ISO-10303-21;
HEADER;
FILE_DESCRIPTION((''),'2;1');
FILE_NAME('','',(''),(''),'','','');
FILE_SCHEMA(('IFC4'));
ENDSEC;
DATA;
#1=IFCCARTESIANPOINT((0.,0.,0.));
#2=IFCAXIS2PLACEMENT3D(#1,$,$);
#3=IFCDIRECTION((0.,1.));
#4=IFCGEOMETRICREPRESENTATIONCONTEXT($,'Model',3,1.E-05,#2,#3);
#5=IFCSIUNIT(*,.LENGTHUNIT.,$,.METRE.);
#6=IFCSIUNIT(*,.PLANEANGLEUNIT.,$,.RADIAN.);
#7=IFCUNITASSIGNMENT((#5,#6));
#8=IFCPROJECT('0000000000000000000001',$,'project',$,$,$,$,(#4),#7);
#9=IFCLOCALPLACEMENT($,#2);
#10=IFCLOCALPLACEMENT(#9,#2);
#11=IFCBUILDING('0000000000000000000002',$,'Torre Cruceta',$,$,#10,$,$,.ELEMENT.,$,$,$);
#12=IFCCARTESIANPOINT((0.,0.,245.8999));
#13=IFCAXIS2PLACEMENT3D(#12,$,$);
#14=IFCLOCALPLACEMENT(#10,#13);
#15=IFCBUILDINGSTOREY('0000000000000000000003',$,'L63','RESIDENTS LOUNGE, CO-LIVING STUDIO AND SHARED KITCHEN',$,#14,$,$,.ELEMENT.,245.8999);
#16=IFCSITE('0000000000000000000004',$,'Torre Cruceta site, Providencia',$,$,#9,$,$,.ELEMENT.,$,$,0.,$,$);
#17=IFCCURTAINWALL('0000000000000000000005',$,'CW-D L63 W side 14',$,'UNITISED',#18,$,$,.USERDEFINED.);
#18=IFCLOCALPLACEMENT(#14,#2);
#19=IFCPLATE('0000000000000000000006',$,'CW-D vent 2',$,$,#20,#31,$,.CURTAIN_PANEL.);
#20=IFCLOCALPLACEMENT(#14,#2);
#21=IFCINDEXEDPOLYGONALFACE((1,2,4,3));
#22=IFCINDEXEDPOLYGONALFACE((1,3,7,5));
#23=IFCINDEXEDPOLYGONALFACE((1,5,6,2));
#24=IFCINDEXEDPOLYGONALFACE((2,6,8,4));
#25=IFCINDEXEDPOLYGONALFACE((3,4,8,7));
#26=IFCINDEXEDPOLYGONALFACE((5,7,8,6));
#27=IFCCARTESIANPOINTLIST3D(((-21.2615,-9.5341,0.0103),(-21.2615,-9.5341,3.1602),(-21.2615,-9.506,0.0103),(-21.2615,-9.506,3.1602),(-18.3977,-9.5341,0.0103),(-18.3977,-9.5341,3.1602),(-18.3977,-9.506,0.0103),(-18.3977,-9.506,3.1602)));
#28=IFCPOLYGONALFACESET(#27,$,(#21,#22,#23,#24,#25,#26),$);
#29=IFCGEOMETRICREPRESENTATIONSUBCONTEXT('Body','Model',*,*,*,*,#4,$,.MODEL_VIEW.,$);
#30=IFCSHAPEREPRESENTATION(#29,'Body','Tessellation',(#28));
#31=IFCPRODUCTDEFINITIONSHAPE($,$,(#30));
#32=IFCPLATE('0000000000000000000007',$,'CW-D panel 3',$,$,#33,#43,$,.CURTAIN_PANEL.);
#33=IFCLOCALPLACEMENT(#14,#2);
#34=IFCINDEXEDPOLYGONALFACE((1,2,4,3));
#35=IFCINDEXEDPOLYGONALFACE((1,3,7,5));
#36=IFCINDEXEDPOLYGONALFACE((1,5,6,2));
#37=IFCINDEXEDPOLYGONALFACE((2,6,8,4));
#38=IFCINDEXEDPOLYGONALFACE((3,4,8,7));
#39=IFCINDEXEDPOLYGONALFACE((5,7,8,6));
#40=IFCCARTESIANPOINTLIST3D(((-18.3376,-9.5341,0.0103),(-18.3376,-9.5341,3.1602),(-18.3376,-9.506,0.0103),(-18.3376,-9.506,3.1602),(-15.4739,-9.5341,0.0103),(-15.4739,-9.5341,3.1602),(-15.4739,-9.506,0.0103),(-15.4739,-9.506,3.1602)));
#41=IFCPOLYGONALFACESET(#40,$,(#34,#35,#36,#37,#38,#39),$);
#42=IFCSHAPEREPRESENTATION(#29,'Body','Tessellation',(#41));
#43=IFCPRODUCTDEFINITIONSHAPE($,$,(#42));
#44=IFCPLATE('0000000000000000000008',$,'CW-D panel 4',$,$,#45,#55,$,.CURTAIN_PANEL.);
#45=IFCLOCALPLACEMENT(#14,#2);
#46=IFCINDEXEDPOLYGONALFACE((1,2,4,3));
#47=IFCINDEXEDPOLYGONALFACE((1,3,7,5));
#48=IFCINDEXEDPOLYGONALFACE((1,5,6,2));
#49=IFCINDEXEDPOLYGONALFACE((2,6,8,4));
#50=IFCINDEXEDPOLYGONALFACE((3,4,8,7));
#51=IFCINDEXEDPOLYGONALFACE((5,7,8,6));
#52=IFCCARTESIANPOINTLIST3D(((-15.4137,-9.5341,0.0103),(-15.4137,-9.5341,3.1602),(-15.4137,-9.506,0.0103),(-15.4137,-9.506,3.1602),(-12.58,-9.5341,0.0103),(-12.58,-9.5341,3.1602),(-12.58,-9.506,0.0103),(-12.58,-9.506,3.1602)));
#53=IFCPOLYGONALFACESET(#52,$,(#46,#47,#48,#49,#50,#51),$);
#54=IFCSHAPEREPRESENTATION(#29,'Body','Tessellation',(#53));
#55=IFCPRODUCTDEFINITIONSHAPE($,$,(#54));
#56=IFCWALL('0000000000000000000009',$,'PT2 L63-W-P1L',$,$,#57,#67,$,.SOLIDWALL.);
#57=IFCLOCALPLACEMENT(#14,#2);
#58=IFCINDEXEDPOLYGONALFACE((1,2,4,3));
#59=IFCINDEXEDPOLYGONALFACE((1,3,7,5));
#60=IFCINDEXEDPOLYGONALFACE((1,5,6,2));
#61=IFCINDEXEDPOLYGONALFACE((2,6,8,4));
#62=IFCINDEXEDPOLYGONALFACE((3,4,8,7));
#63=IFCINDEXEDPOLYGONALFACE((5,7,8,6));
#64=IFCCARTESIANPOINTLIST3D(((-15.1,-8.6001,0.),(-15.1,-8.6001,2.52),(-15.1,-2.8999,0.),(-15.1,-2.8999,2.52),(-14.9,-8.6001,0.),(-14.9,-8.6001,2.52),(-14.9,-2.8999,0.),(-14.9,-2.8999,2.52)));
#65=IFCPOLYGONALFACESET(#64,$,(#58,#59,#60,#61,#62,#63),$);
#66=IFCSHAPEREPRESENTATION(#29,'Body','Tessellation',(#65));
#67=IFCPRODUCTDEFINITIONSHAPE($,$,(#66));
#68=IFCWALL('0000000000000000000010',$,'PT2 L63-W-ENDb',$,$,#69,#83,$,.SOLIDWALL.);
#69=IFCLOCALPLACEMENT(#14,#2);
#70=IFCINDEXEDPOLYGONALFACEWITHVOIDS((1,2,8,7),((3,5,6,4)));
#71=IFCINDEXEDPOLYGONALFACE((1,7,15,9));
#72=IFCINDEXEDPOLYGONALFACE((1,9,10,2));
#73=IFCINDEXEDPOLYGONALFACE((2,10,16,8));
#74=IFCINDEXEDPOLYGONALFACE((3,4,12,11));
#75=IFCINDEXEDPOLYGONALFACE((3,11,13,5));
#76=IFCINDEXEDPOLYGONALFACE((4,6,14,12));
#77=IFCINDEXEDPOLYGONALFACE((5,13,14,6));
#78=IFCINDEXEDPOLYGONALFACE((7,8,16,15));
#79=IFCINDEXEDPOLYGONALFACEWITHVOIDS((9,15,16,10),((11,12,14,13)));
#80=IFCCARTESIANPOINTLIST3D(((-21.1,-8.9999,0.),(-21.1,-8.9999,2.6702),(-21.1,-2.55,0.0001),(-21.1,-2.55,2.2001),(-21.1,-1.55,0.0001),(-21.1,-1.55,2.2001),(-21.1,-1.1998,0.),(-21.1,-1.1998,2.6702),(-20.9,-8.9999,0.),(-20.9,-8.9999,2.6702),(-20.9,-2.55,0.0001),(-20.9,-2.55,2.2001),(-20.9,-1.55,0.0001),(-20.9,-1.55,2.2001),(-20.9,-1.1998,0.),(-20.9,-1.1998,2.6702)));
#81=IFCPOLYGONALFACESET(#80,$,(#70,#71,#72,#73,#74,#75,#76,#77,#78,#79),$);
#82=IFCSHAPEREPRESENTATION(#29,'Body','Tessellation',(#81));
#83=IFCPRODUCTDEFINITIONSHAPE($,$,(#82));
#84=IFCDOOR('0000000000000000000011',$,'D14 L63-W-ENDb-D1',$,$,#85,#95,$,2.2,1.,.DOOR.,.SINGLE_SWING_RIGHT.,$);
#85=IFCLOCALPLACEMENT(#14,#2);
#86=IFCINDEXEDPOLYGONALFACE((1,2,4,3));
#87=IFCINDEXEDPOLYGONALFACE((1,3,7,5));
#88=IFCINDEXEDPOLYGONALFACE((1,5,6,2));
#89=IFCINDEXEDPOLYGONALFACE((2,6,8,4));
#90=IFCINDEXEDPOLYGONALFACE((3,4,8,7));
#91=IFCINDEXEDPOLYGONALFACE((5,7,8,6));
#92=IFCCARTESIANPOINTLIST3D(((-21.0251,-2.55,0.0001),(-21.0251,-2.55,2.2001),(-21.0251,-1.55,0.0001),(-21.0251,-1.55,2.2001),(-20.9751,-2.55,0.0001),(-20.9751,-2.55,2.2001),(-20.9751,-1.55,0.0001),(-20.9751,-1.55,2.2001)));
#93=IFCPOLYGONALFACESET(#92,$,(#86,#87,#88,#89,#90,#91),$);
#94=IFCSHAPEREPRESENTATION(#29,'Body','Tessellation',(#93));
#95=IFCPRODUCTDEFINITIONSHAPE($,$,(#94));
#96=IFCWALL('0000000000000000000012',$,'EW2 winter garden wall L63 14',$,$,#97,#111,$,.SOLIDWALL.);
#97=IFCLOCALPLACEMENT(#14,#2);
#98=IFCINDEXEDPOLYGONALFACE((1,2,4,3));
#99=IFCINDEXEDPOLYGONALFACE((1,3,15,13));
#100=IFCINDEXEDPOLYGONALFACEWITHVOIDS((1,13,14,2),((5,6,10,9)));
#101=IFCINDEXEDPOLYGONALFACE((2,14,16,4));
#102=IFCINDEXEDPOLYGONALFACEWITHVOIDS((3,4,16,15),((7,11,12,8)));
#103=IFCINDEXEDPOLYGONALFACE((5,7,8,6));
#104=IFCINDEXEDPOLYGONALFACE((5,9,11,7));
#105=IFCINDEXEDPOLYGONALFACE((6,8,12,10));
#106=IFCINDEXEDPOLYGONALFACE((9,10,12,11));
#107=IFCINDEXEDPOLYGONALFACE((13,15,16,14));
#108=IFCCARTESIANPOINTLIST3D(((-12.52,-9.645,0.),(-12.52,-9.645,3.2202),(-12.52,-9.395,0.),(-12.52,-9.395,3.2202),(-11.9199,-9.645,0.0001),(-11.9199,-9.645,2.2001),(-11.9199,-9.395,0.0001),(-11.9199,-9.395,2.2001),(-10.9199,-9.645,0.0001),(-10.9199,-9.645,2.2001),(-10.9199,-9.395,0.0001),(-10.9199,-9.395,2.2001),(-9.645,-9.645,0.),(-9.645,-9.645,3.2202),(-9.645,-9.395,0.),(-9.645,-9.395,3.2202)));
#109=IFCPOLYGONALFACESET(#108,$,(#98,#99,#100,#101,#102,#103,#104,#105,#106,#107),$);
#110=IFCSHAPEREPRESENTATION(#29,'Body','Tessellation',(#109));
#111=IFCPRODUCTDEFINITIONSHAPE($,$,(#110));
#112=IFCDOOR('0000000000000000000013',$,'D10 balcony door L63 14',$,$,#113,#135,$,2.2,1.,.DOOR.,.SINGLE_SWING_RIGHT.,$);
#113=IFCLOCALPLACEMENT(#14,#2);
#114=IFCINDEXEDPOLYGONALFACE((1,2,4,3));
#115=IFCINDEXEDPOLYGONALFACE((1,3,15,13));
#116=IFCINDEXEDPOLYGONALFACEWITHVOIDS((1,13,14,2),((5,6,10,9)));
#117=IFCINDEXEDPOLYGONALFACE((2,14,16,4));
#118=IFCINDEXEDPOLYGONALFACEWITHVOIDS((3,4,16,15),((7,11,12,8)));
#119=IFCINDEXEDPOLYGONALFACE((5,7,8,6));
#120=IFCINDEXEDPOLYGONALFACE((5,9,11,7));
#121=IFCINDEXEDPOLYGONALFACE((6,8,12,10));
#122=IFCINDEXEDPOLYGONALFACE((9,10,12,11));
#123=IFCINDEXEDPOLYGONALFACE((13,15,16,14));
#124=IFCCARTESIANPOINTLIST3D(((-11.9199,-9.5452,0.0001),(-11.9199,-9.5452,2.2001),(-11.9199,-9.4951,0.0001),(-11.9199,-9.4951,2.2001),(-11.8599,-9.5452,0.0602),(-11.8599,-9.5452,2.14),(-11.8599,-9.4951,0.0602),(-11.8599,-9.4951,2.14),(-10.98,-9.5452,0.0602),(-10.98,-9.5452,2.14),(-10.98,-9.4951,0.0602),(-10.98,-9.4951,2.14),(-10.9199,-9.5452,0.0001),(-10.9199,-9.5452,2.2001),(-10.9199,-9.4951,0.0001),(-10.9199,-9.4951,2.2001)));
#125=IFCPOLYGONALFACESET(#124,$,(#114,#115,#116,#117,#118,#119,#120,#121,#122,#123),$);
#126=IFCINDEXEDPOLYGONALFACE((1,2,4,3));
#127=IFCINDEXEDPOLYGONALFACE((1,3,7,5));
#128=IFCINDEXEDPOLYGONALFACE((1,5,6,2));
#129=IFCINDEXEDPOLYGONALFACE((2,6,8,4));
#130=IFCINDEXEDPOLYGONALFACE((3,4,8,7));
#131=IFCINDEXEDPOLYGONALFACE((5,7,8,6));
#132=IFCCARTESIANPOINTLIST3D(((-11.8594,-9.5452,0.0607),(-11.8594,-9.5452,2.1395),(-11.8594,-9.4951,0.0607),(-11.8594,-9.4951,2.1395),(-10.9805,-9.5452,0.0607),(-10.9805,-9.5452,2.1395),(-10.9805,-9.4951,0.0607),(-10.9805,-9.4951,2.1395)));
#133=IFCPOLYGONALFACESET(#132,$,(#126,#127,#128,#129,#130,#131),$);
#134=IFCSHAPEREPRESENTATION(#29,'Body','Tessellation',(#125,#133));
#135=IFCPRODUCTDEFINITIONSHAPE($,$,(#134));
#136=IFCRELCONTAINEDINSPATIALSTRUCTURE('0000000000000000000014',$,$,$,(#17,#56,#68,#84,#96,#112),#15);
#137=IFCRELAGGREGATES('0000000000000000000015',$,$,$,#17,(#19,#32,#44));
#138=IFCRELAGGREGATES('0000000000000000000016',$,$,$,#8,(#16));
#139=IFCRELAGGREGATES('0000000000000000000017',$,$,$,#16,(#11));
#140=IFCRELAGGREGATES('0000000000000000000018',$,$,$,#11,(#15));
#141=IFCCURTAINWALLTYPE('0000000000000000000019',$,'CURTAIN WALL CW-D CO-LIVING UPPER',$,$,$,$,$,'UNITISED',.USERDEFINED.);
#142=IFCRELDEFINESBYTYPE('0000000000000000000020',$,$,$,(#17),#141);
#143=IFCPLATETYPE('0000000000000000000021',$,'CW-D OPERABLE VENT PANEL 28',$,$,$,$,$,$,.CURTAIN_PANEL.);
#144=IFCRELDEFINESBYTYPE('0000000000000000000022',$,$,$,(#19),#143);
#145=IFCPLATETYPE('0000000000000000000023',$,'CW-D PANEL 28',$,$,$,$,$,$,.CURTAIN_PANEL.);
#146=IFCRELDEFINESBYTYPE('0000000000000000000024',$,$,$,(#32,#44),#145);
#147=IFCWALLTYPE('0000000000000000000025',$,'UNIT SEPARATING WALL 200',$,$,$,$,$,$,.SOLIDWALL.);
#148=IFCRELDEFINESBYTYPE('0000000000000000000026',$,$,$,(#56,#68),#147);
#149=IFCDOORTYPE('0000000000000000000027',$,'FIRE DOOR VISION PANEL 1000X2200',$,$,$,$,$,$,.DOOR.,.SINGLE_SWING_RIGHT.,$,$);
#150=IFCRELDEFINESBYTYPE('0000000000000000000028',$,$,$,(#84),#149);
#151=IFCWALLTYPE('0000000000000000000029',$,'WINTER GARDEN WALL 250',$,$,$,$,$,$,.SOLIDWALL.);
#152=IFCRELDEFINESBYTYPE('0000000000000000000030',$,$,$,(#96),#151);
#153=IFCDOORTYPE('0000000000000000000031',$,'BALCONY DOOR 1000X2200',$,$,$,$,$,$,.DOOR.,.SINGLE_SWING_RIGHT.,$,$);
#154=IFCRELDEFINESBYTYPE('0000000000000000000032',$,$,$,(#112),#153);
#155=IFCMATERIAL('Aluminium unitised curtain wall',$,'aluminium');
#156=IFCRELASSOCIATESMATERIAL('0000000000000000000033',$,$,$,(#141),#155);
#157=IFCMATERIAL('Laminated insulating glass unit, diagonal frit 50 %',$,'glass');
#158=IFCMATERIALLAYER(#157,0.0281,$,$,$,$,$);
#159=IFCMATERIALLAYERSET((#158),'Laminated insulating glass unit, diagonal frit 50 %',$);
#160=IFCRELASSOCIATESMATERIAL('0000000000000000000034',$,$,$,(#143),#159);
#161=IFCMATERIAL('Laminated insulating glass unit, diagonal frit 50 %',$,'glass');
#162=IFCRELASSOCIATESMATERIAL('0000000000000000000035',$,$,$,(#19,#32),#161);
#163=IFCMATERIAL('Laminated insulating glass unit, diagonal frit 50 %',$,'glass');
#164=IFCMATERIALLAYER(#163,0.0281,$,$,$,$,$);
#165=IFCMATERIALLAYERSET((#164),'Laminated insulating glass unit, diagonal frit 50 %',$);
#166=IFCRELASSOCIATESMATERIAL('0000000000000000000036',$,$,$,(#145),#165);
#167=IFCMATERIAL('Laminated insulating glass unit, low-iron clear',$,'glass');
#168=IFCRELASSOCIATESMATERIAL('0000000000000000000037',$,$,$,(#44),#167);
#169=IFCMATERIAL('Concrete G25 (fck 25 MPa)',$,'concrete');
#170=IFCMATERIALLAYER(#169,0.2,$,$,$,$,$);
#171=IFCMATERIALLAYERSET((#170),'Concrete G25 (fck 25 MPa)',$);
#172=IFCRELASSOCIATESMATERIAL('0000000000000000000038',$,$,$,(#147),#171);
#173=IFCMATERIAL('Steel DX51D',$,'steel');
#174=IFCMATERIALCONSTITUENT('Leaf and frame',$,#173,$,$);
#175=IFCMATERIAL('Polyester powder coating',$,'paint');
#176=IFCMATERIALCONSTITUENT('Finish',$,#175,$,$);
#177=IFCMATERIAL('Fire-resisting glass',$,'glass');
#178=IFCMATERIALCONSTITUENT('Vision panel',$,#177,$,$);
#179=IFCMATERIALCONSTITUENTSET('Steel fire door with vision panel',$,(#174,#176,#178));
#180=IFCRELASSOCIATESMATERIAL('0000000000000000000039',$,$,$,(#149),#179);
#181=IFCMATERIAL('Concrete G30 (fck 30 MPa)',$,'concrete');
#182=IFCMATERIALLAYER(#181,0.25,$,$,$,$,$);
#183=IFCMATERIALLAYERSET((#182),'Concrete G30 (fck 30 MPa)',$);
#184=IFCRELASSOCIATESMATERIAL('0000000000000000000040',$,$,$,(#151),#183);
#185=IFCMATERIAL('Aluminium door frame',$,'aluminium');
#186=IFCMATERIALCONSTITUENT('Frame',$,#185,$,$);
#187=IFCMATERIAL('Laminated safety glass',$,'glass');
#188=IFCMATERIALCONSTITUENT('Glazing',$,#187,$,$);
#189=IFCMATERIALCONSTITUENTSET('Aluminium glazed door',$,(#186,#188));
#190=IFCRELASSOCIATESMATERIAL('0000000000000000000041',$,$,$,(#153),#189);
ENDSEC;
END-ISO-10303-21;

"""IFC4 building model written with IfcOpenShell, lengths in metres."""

from ifc_helpers import new_model, si_unit, direction, frame, frame_2d, origin, origin_2d, place, context, subcontext, project, spatial, rectangle, hollow_rectangle, extrude, material, layer, layer_set, constituent, constituent_set, type_object, element, fill, aggregate, save


model = new_model("IFC4")

# Units and contexts
model_context = context("Model", 3, precision=1e-05, world=origin(), true_north=direction((0.0, 1.0)))
body_context = subcontext(model_context, "Body", "Model", "MODEL_VIEW")
ifc_project = project(units=[si_unit("LENGTHUNIT", "METRE"), si_unit("PLANEANGLEUNIT", "RADIAN")], contexts=[model_context])

# Site, building, storey
site_placement = place(None, origin())
site = spatial("IfcSite", under=ifc_project, at=site_placement, Name="Torre Cruceta site, Providencia", CompositionType="ELEMENT", RefElevation=0.0)
building_placement = place(site_placement, origin())
building = spatial("IfcBuilding", under=site, at=building_placement, Name="Torre Cruceta", CompositionType="ELEMENT")
storey_placement = place(building_placement, frame((0.0, 0.0, 245.8999)))
storey = spatial("IfcBuildingStorey", under=building, at=storey_placement, Name="L63", Description="RESIDENTS LOUNGE, CO-LIVING STUDIO AND SHARED KITCHEN", CompositionType="ELEMENT", Elevation=245.8999)

# Curtain wall
ifc_material_1 = material(Name="Aluminium unitised curtain wall", Category="aluminium")
curtain_wall_type = type_object("IfcCurtainWallType", Name="CURTAIN WALL CW-D CO-LIVING UPPER", ElementType="UNITISED", PredefinedType="USERDEFINED", material=ifc_material_1)
curtain_wall_placement = place(storey_placement, origin())
curtain_wall = element("IfcCurtainWall", 1, at=curtain_wall_placement, inside=storey, type_object=curtain_wall_type, Name="CW-D L63 W side 14", ObjectType="UNITISED", PredefinedType="USERDEFINED")

# Plates
ifc_material_2 = material(Name="Laminated insulating glass unit, diagonal frit 50 %", Category="glass")
ifc_material_3 = material(Name="Laminated insulating glass unit, diagonal frit 50 %", Category="glass")
ifc_layer_1 = layer(ifc_material_3, 0.0281)
ifc_layer_set_1 = layer_set([ifc_layer_1], Name="Laminated insulating glass unit, diagonal frit 50 %")
plate_type_1 = type_object("IfcPlateType", Name="CW-D OPERABLE VENT PANEL 28", PredefinedType="CURTAIN_PANEL", material=ifc_layer_set_1)
plate_1_placement = place(storey_placement, frame((-19.8296, -9.52, 0.0103), z_axis=(0.0, 0.0, 1.0), x_axis=(1.0, 0.0, 0.0)))
plate_1 = element("IfcPlate", 2, at=plate_1_placement, type_object=plate_type_1, material=ifc_material_2, Name="CW-D vent 2", PredefinedType="CURTAIN_PANEL", context=body_context, shape_type="SweptSolid", body=[
    extrude(rectangle(XDim=2.8638, YDim=0.0281, at=origin_2d()), origin(), (0.0, 0.0, 1.0), 3.1499),
])
ifc_material_4 = material(Name="Laminated insulating glass unit, diagonal frit 50 %", Category="glass")
ifc_layer_2 = layer(ifc_material_4, 0.0281)
ifc_layer_set_2 = layer_set([ifc_layer_2], Name="Laminated insulating glass unit, diagonal frit 50 %")
plate_type_2 = type_object("IfcPlateType", Name="CW-D PANEL 28", PredefinedType="CURTAIN_PANEL", material=ifc_layer_set_2)
plate_2_placement = place(storey_placement, frame((-16.9058, -9.52, 0.0103), z_axis=(0.0, 0.0, 1.0), x_axis=(1.0, 0.0, 0.0)))
plate_2 = element("IfcPlate", 3, at=plate_2_placement, type_object=plate_type_2, material=ifc_material_2, Name="CW-D panel 3", PredefinedType="CURTAIN_PANEL", context=body_context, shape_type="SweptSolid", body=[
    extrude(rectangle(XDim=2.8638, YDim=0.0281, at=origin_2d()), origin(), (0.0, 0.0, 1.0), 3.1499),
])
ifc_material_5 = material(Name="Laminated insulating glass unit, low-iron clear", Category="glass")
plate_3_placement = place(storey_placement, frame((-13.9968, -9.52, 0.0103), z_axis=(0.0, 0.0, 1.0), x_axis=(1.0, 0.0, 0.0)))
plate_3 = element("IfcPlate", 4, at=plate_3_placement, type_object=plate_type_2, material=ifc_material_5, Name="CW-D panel 4", PredefinedType="CURTAIN_PANEL", context=body_context, shape_type="SweptSolid", body=[
    extrude(rectangle(XDim=2.8337, YDim=0.0281, at=origin_2d()), origin(), (0.0, 0.0, 1.0), 3.1499),
])
aggregate(curtain_wall, [plate_1, plate_2, plate_3])

# Wall
ifc_material_6 = material(Name="Concrete G25 (fck 25 MPa)", Category="concrete")
ifc_layer_3 = layer(ifc_material_6, 0.2)
ifc_layer_set_3 = layer_set([ifc_layer_3], Name="Concrete G25 (fck 25 MPa)")
wall_type_1 = type_object("IfcWallType", Name="UNIT SEPARATING WALL 200", PredefinedType="SOLIDWALL", material=ifc_layer_set_3)
wall_1_placement = place(storey_placement, frame((-15.0, -2.8999, 0.0), z_axis=(0.0, 0.0, 1.0), x_axis=(0.0, -1.0, 0.0)))
element("IfcWall", 5, at=wall_1_placement, inside=storey, type_object=wall_type_1, Name="PT2 L63-W-P1L", PredefinedType="SOLIDWALL", context=body_context, shape_type="SweptSolid", body=[
    extrude(rectangle(XDim=5.7002, YDim=0.2, at=frame_2d((2.8501, 0.0))), origin(), (0.0, 0.0, 1.0), 2.52),
])

# Walls, openings, doors
wall_2_placement = place(storey_placement, frame((-21.0, -1.2, 0.0), z_axis=(0.0, 0.0, 1.0), x_axis=(0.0, -1.0, 0.0)))
wall_2 = element("IfcWall", 6, at=wall_2_placement, inside=storey, type_object=wall_type_1, Name="PT2 L63-W-ENDb", PredefinedType="SOLIDWALL", context=body_context, shape_type="SweptSolid", body=[
    extrude(rectangle(XDim=7.8, YDim=0.2, at=frame_2d((3.8999, 0.0))), origin(), (0.0, 0.0, 1.0), 2.6702),
])
opening_1_placement = place(wall_2_placement, frame((0.3501, 0.0, 0.0)))
opening_1 = element("IfcOpeningElement", 7, at=opening_1_placement, cuts=wall_2, PredefinedType="OPENING", context=body_context, shape_type="SweptSolid", body=[
    extrude(rectangle(XDim=1.0, YDim=2.2, at=frame_2d((0.5, 1.1001))), frame((0.0, 0.1099, 0.0), z_axis=(0.0, -1.0, 0.0), x_axis=(1.0, 0.0, 0.0)), (0.0, 0.0, 1.0), 0.22),
])
ifc_material_7 = material(Name="Steel DX51D", Category="steel")
ifc_constituent_1 = constituent(ifc_material_7, Name="Leaf and frame")
ifc_material_8 = material(Name="Polyester powder coating", Category="paint")
ifc_constituent_2 = constituent(ifc_material_8, Name="Finish")
ifc_material_9 = material(Name="Fire-resisting glass", Category="glass")
ifc_constituent_3 = constituent(ifc_material_9, Name="Vision panel")
ifc_constituent_set_1 = constituent_set(constituents=[ifc_constituent_1, ifc_constituent_2, ifc_constituent_3], Name="Steel fire door with vision panel")
door_type_1 = type_object("IfcDoorType", Name="FIRE DOOR VISION PANEL 1000X2200", OperationType="SINGLE_SWING_RIGHT", PredefinedType="DOOR", material=ifc_constituent_set_1)
door_1_placement = place(opening_1_placement, frame((1.0, 0.0, 0.0), z_axis=(0.0, 0.0, 1.0), x_axis=(-1.0, 0.0, 0.0)))
door_1 = element("IfcDoor", 8, at=door_1_placement, inside=storey, type_object=door_type_1, Name="D14 L63-W-ENDb-D1", OperationType="SINGLE_SWING_RIGHT", OverallHeight=2.2, OverallWidth=1.0, PredefinedType="DOOR", context=body_context, shape_type="SweptSolid", body=[
    extrude(rectangle(XDim=1.0, YDim=2.2, at=frame_2d((0.5, 1.1001))), frame((0.0, 0.0251, 0.0), z_axis=(0.0, -1.0, 0.0), x_axis=(1.0, 0.0, 0.0)), (0.0, 0.0, 1.0), 0.05),
])
fill(opening_1, door_1)
ifc_material_10 = material(Name="Concrete G30 (fck 30 MPa)", Category="concrete")
ifc_layer_4 = layer(ifc_material_10, 0.25)
ifc_layer_set_4 = layer_set([ifc_layer_4], Name="Concrete G30 (fck 30 MPa)")
wall_type_2 = type_object("IfcWallType", Name="WINTER GARDEN WALL 250", PredefinedType="SOLIDWALL", material=ifc_layer_set_4)
wall_3_placement = place(storey_placement, frame((-12.52, -9.52, 0.0), z_axis=(0.0, 0.0, 1.0), x_axis=(1.0, 0.0, 0.0)))
wall_3 = element("IfcWall", 9, at=wall_3_placement, inside=storey, type_object=wall_type_2, Name="EW2 winter garden wall L63 14", PredefinedType="SOLIDWALL", context=body_context, shape_type="SweptSolid", body=[
    extrude(rectangle(XDim=2.875, YDim=0.25, at=frame_2d((1.4375, 0.0))), origin(), (0.0, 0.0, 1.0), 3.2202),
])
opening_2_placement = place(wall_3_placement, frame((0.6001, 0.0, 0.0)))
opening_2 = element("IfcOpeningElement", 10, at=opening_2_placement, cuts=wall_3, PredefinedType="OPENING", context=body_context, shape_type="SweptSolid", body=[
    extrude(rectangle(XDim=1.0, YDim=2.2, at=frame_2d((0.5, 1.1001))), frame((0.0, 0.135, 0.0), z_axis=(0.0, -1.0, 0.0), x_axis=(1.0, 0.0, 0.0)), (0.0, 0.0, 1.0), 0.27),
])
ifc_material_11 = material(Name="Aluminium door frame", Category="aluminium")
ifc_constituent_4 = constituent(ifc_material_11, Name="Frame")
ifc_material_12 = material(Name="Laminated safety glass", Category="glass")
ifc_constituent_5 = constituent(ifc_material_12, Name="Glazing")
ifc_constituent_set_2 = constituent_set(constituents=[ifc_constituent_4, ifc_constituent_5], Name="Aluminium glazed door")
door_type_2 = type_object("IfcDoorType", Name="BALCONY DOOR 1000X2200", OperationType="SINGLE_SWING_RIGHT", PredefinedType="DOOR", material=ifc_constituent_set_2)
door_2_placement = place(opening_2_placement, origin())
door_2 = element("IfcDoor", 11, at=door_2_placement, inside=storey, type_object=door_type_2, Name="D10 balcony door L63 14", OperationType="SINGLE_SWING_RIGHT", OverallHeight=2.2, OverallWidth=1.0, PredefinedType="DOOR", context=body_context, shape_type="SweptSolid", body=[
    extrude(hollow_rectangle(XDim=1.0, YDim=2.2, WallThickness=0.0601, at=frame_2d((0.5, 1.1001))), frame((0.0, 0.0249, 0.0), z_axis=(0.0, -1.0, 0.0), x_axis=(1.0, 0.0, 0.0)), (0.0, 0.0, 1.0), 0.05),
    extrude(rectangle(XDim=0.8789, YDim=2.0789, at=frame_2d((0.5, 1.1001))), frame((0.0, 0.0249, 0.0), z_axis=(0.0, -1.0, 0.0), x_axis=(1.0, 0.0, 0.0)), (0.0, 0.0, 1.0), 0.05),
])
fill(opening_2, door_2)

save(model, "model.ifc")
